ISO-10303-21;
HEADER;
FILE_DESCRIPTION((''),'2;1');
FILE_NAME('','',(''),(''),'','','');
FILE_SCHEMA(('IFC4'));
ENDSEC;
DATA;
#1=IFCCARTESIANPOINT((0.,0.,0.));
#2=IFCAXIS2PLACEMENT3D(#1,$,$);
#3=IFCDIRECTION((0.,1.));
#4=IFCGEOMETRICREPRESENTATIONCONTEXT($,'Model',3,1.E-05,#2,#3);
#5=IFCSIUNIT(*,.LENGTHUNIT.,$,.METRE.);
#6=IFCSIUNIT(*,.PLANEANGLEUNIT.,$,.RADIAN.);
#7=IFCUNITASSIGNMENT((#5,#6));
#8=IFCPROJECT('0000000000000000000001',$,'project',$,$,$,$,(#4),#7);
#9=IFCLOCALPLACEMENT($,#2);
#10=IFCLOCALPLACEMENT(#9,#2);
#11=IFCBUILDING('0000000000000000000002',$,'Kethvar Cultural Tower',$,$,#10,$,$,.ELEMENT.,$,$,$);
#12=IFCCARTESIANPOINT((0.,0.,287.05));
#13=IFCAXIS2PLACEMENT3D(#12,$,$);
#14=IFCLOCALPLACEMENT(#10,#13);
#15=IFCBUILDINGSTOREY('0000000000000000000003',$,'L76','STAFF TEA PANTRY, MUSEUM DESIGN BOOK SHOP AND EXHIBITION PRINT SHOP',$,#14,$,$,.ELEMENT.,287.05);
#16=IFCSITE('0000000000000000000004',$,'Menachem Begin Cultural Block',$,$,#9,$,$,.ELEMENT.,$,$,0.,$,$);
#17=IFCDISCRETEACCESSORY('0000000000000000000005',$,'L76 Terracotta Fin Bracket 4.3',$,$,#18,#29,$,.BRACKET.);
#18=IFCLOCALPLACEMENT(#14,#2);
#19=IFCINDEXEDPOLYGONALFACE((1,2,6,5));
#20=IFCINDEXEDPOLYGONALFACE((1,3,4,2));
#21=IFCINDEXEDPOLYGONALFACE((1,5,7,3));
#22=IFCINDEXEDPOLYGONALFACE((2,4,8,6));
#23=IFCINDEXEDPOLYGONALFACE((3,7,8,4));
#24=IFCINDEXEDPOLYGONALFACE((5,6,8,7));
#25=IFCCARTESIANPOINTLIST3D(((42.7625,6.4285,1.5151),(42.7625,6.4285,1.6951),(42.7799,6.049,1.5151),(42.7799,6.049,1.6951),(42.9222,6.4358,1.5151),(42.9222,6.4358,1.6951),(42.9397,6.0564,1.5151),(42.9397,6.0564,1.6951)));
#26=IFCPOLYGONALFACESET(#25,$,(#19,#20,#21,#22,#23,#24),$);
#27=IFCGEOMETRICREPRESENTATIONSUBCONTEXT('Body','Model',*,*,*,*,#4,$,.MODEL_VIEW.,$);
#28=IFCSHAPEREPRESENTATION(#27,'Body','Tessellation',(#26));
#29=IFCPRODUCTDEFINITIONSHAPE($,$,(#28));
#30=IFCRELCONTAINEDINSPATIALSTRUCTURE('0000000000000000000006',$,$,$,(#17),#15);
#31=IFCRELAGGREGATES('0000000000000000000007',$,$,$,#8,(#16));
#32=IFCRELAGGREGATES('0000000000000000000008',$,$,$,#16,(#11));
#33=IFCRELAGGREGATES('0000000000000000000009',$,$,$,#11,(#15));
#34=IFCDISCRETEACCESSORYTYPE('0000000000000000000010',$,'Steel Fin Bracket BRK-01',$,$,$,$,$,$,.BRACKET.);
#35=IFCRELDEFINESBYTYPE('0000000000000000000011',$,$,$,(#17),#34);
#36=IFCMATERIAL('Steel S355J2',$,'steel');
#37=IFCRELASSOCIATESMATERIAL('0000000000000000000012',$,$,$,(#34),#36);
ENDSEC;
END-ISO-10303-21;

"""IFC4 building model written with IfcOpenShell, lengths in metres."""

from ifc_helpers import new_model, si_unit, direction, frame, origin, origin_2d, place, context, subcontext, project, spatial, rectangle, extrude, source, transform, mapped, material, type_object, element, save


model = new_model("IFC4")

# Units and contexts
model_context = context("Model", 3, precision=1e-05, world=origin(), true_north=direction((0.0, 1.0)))
body_context = subcontext(model_context, "Body", "Model", "MODEL_VIEW")
ifc_project = project(units=[si_unit("LENGTHUNIT", "METRE"), si_unit("PLANEANGLEUNIT", "RADIAN")], contexts=[model_context])

# Site, building, storey
site_placement = place(None, origin())
site = spatial("IfcSite", under=ifc_project, at=site_placement, Name="Menachem Begin Cultural Block", CompositionType="ELEMENT", RefElevation=0.0)
building_placement = place(site_placement, origin())
building = spatial("IfcBuilding", under=site, at=building_placement, Name="Kethvar Cultural Tower", CompositionType="ELEMENT")
storey_placement = place(building_placement, frame((0.0, 0.0, 287.05)))
storey = spatial("IfcBuildingStorey", under=building, at=storey_placement, Name="L76", Description="STAFF TEA PANTRY, MUSEUM DESIGN BOOK SHOP AND EXHIBITION PRINT SHOP", CompositionType="ELEMENT", Elevation=287.05)

# Shared definitions
ifc_material_1 = material(Name="Steel S355J2", Category="steel")

# Discrete accessory
discrete_accessory_type = type_object("IfcDiscreteAccessoryType", Name="Steel Fin Bracket BRK-01", PredefinedType="BRACKET", material=ifc_material_1)
shared_shape_1 = source(origin(), body_context, "Body", "SweptSolid", [
    extrude(rectangle(XDim=0.3799, YDim=0.1599, at=origin_2d()), origin(), (0.0, 0.0, 1.0), 0.1799),
])
for number, where, z_axis, x_axis, name in (
    (1, (42.8511, 6.2424, 1.5151), (0.0, 0.0, 1.0), (0.045886, -0.998947, 0.0), "L76 Terracotta Fin Bracket 4.3"),
):
    element("IfcDiscreteAccessory", number, at=place(storey_placement, frame(where, z_axis=z_axis, x_axis=x_axis)), inside=storey, type_object=discrete_accessory_type, Name=name, PredefinedType="BRACKET", context=body_context, shape_type="MappedRepresentation", body=[
        mapped(shared_shape_1, transform((0.0, 0.0, 0.0), scale=1.0)),
    ])

save(model, "model.ifc")
